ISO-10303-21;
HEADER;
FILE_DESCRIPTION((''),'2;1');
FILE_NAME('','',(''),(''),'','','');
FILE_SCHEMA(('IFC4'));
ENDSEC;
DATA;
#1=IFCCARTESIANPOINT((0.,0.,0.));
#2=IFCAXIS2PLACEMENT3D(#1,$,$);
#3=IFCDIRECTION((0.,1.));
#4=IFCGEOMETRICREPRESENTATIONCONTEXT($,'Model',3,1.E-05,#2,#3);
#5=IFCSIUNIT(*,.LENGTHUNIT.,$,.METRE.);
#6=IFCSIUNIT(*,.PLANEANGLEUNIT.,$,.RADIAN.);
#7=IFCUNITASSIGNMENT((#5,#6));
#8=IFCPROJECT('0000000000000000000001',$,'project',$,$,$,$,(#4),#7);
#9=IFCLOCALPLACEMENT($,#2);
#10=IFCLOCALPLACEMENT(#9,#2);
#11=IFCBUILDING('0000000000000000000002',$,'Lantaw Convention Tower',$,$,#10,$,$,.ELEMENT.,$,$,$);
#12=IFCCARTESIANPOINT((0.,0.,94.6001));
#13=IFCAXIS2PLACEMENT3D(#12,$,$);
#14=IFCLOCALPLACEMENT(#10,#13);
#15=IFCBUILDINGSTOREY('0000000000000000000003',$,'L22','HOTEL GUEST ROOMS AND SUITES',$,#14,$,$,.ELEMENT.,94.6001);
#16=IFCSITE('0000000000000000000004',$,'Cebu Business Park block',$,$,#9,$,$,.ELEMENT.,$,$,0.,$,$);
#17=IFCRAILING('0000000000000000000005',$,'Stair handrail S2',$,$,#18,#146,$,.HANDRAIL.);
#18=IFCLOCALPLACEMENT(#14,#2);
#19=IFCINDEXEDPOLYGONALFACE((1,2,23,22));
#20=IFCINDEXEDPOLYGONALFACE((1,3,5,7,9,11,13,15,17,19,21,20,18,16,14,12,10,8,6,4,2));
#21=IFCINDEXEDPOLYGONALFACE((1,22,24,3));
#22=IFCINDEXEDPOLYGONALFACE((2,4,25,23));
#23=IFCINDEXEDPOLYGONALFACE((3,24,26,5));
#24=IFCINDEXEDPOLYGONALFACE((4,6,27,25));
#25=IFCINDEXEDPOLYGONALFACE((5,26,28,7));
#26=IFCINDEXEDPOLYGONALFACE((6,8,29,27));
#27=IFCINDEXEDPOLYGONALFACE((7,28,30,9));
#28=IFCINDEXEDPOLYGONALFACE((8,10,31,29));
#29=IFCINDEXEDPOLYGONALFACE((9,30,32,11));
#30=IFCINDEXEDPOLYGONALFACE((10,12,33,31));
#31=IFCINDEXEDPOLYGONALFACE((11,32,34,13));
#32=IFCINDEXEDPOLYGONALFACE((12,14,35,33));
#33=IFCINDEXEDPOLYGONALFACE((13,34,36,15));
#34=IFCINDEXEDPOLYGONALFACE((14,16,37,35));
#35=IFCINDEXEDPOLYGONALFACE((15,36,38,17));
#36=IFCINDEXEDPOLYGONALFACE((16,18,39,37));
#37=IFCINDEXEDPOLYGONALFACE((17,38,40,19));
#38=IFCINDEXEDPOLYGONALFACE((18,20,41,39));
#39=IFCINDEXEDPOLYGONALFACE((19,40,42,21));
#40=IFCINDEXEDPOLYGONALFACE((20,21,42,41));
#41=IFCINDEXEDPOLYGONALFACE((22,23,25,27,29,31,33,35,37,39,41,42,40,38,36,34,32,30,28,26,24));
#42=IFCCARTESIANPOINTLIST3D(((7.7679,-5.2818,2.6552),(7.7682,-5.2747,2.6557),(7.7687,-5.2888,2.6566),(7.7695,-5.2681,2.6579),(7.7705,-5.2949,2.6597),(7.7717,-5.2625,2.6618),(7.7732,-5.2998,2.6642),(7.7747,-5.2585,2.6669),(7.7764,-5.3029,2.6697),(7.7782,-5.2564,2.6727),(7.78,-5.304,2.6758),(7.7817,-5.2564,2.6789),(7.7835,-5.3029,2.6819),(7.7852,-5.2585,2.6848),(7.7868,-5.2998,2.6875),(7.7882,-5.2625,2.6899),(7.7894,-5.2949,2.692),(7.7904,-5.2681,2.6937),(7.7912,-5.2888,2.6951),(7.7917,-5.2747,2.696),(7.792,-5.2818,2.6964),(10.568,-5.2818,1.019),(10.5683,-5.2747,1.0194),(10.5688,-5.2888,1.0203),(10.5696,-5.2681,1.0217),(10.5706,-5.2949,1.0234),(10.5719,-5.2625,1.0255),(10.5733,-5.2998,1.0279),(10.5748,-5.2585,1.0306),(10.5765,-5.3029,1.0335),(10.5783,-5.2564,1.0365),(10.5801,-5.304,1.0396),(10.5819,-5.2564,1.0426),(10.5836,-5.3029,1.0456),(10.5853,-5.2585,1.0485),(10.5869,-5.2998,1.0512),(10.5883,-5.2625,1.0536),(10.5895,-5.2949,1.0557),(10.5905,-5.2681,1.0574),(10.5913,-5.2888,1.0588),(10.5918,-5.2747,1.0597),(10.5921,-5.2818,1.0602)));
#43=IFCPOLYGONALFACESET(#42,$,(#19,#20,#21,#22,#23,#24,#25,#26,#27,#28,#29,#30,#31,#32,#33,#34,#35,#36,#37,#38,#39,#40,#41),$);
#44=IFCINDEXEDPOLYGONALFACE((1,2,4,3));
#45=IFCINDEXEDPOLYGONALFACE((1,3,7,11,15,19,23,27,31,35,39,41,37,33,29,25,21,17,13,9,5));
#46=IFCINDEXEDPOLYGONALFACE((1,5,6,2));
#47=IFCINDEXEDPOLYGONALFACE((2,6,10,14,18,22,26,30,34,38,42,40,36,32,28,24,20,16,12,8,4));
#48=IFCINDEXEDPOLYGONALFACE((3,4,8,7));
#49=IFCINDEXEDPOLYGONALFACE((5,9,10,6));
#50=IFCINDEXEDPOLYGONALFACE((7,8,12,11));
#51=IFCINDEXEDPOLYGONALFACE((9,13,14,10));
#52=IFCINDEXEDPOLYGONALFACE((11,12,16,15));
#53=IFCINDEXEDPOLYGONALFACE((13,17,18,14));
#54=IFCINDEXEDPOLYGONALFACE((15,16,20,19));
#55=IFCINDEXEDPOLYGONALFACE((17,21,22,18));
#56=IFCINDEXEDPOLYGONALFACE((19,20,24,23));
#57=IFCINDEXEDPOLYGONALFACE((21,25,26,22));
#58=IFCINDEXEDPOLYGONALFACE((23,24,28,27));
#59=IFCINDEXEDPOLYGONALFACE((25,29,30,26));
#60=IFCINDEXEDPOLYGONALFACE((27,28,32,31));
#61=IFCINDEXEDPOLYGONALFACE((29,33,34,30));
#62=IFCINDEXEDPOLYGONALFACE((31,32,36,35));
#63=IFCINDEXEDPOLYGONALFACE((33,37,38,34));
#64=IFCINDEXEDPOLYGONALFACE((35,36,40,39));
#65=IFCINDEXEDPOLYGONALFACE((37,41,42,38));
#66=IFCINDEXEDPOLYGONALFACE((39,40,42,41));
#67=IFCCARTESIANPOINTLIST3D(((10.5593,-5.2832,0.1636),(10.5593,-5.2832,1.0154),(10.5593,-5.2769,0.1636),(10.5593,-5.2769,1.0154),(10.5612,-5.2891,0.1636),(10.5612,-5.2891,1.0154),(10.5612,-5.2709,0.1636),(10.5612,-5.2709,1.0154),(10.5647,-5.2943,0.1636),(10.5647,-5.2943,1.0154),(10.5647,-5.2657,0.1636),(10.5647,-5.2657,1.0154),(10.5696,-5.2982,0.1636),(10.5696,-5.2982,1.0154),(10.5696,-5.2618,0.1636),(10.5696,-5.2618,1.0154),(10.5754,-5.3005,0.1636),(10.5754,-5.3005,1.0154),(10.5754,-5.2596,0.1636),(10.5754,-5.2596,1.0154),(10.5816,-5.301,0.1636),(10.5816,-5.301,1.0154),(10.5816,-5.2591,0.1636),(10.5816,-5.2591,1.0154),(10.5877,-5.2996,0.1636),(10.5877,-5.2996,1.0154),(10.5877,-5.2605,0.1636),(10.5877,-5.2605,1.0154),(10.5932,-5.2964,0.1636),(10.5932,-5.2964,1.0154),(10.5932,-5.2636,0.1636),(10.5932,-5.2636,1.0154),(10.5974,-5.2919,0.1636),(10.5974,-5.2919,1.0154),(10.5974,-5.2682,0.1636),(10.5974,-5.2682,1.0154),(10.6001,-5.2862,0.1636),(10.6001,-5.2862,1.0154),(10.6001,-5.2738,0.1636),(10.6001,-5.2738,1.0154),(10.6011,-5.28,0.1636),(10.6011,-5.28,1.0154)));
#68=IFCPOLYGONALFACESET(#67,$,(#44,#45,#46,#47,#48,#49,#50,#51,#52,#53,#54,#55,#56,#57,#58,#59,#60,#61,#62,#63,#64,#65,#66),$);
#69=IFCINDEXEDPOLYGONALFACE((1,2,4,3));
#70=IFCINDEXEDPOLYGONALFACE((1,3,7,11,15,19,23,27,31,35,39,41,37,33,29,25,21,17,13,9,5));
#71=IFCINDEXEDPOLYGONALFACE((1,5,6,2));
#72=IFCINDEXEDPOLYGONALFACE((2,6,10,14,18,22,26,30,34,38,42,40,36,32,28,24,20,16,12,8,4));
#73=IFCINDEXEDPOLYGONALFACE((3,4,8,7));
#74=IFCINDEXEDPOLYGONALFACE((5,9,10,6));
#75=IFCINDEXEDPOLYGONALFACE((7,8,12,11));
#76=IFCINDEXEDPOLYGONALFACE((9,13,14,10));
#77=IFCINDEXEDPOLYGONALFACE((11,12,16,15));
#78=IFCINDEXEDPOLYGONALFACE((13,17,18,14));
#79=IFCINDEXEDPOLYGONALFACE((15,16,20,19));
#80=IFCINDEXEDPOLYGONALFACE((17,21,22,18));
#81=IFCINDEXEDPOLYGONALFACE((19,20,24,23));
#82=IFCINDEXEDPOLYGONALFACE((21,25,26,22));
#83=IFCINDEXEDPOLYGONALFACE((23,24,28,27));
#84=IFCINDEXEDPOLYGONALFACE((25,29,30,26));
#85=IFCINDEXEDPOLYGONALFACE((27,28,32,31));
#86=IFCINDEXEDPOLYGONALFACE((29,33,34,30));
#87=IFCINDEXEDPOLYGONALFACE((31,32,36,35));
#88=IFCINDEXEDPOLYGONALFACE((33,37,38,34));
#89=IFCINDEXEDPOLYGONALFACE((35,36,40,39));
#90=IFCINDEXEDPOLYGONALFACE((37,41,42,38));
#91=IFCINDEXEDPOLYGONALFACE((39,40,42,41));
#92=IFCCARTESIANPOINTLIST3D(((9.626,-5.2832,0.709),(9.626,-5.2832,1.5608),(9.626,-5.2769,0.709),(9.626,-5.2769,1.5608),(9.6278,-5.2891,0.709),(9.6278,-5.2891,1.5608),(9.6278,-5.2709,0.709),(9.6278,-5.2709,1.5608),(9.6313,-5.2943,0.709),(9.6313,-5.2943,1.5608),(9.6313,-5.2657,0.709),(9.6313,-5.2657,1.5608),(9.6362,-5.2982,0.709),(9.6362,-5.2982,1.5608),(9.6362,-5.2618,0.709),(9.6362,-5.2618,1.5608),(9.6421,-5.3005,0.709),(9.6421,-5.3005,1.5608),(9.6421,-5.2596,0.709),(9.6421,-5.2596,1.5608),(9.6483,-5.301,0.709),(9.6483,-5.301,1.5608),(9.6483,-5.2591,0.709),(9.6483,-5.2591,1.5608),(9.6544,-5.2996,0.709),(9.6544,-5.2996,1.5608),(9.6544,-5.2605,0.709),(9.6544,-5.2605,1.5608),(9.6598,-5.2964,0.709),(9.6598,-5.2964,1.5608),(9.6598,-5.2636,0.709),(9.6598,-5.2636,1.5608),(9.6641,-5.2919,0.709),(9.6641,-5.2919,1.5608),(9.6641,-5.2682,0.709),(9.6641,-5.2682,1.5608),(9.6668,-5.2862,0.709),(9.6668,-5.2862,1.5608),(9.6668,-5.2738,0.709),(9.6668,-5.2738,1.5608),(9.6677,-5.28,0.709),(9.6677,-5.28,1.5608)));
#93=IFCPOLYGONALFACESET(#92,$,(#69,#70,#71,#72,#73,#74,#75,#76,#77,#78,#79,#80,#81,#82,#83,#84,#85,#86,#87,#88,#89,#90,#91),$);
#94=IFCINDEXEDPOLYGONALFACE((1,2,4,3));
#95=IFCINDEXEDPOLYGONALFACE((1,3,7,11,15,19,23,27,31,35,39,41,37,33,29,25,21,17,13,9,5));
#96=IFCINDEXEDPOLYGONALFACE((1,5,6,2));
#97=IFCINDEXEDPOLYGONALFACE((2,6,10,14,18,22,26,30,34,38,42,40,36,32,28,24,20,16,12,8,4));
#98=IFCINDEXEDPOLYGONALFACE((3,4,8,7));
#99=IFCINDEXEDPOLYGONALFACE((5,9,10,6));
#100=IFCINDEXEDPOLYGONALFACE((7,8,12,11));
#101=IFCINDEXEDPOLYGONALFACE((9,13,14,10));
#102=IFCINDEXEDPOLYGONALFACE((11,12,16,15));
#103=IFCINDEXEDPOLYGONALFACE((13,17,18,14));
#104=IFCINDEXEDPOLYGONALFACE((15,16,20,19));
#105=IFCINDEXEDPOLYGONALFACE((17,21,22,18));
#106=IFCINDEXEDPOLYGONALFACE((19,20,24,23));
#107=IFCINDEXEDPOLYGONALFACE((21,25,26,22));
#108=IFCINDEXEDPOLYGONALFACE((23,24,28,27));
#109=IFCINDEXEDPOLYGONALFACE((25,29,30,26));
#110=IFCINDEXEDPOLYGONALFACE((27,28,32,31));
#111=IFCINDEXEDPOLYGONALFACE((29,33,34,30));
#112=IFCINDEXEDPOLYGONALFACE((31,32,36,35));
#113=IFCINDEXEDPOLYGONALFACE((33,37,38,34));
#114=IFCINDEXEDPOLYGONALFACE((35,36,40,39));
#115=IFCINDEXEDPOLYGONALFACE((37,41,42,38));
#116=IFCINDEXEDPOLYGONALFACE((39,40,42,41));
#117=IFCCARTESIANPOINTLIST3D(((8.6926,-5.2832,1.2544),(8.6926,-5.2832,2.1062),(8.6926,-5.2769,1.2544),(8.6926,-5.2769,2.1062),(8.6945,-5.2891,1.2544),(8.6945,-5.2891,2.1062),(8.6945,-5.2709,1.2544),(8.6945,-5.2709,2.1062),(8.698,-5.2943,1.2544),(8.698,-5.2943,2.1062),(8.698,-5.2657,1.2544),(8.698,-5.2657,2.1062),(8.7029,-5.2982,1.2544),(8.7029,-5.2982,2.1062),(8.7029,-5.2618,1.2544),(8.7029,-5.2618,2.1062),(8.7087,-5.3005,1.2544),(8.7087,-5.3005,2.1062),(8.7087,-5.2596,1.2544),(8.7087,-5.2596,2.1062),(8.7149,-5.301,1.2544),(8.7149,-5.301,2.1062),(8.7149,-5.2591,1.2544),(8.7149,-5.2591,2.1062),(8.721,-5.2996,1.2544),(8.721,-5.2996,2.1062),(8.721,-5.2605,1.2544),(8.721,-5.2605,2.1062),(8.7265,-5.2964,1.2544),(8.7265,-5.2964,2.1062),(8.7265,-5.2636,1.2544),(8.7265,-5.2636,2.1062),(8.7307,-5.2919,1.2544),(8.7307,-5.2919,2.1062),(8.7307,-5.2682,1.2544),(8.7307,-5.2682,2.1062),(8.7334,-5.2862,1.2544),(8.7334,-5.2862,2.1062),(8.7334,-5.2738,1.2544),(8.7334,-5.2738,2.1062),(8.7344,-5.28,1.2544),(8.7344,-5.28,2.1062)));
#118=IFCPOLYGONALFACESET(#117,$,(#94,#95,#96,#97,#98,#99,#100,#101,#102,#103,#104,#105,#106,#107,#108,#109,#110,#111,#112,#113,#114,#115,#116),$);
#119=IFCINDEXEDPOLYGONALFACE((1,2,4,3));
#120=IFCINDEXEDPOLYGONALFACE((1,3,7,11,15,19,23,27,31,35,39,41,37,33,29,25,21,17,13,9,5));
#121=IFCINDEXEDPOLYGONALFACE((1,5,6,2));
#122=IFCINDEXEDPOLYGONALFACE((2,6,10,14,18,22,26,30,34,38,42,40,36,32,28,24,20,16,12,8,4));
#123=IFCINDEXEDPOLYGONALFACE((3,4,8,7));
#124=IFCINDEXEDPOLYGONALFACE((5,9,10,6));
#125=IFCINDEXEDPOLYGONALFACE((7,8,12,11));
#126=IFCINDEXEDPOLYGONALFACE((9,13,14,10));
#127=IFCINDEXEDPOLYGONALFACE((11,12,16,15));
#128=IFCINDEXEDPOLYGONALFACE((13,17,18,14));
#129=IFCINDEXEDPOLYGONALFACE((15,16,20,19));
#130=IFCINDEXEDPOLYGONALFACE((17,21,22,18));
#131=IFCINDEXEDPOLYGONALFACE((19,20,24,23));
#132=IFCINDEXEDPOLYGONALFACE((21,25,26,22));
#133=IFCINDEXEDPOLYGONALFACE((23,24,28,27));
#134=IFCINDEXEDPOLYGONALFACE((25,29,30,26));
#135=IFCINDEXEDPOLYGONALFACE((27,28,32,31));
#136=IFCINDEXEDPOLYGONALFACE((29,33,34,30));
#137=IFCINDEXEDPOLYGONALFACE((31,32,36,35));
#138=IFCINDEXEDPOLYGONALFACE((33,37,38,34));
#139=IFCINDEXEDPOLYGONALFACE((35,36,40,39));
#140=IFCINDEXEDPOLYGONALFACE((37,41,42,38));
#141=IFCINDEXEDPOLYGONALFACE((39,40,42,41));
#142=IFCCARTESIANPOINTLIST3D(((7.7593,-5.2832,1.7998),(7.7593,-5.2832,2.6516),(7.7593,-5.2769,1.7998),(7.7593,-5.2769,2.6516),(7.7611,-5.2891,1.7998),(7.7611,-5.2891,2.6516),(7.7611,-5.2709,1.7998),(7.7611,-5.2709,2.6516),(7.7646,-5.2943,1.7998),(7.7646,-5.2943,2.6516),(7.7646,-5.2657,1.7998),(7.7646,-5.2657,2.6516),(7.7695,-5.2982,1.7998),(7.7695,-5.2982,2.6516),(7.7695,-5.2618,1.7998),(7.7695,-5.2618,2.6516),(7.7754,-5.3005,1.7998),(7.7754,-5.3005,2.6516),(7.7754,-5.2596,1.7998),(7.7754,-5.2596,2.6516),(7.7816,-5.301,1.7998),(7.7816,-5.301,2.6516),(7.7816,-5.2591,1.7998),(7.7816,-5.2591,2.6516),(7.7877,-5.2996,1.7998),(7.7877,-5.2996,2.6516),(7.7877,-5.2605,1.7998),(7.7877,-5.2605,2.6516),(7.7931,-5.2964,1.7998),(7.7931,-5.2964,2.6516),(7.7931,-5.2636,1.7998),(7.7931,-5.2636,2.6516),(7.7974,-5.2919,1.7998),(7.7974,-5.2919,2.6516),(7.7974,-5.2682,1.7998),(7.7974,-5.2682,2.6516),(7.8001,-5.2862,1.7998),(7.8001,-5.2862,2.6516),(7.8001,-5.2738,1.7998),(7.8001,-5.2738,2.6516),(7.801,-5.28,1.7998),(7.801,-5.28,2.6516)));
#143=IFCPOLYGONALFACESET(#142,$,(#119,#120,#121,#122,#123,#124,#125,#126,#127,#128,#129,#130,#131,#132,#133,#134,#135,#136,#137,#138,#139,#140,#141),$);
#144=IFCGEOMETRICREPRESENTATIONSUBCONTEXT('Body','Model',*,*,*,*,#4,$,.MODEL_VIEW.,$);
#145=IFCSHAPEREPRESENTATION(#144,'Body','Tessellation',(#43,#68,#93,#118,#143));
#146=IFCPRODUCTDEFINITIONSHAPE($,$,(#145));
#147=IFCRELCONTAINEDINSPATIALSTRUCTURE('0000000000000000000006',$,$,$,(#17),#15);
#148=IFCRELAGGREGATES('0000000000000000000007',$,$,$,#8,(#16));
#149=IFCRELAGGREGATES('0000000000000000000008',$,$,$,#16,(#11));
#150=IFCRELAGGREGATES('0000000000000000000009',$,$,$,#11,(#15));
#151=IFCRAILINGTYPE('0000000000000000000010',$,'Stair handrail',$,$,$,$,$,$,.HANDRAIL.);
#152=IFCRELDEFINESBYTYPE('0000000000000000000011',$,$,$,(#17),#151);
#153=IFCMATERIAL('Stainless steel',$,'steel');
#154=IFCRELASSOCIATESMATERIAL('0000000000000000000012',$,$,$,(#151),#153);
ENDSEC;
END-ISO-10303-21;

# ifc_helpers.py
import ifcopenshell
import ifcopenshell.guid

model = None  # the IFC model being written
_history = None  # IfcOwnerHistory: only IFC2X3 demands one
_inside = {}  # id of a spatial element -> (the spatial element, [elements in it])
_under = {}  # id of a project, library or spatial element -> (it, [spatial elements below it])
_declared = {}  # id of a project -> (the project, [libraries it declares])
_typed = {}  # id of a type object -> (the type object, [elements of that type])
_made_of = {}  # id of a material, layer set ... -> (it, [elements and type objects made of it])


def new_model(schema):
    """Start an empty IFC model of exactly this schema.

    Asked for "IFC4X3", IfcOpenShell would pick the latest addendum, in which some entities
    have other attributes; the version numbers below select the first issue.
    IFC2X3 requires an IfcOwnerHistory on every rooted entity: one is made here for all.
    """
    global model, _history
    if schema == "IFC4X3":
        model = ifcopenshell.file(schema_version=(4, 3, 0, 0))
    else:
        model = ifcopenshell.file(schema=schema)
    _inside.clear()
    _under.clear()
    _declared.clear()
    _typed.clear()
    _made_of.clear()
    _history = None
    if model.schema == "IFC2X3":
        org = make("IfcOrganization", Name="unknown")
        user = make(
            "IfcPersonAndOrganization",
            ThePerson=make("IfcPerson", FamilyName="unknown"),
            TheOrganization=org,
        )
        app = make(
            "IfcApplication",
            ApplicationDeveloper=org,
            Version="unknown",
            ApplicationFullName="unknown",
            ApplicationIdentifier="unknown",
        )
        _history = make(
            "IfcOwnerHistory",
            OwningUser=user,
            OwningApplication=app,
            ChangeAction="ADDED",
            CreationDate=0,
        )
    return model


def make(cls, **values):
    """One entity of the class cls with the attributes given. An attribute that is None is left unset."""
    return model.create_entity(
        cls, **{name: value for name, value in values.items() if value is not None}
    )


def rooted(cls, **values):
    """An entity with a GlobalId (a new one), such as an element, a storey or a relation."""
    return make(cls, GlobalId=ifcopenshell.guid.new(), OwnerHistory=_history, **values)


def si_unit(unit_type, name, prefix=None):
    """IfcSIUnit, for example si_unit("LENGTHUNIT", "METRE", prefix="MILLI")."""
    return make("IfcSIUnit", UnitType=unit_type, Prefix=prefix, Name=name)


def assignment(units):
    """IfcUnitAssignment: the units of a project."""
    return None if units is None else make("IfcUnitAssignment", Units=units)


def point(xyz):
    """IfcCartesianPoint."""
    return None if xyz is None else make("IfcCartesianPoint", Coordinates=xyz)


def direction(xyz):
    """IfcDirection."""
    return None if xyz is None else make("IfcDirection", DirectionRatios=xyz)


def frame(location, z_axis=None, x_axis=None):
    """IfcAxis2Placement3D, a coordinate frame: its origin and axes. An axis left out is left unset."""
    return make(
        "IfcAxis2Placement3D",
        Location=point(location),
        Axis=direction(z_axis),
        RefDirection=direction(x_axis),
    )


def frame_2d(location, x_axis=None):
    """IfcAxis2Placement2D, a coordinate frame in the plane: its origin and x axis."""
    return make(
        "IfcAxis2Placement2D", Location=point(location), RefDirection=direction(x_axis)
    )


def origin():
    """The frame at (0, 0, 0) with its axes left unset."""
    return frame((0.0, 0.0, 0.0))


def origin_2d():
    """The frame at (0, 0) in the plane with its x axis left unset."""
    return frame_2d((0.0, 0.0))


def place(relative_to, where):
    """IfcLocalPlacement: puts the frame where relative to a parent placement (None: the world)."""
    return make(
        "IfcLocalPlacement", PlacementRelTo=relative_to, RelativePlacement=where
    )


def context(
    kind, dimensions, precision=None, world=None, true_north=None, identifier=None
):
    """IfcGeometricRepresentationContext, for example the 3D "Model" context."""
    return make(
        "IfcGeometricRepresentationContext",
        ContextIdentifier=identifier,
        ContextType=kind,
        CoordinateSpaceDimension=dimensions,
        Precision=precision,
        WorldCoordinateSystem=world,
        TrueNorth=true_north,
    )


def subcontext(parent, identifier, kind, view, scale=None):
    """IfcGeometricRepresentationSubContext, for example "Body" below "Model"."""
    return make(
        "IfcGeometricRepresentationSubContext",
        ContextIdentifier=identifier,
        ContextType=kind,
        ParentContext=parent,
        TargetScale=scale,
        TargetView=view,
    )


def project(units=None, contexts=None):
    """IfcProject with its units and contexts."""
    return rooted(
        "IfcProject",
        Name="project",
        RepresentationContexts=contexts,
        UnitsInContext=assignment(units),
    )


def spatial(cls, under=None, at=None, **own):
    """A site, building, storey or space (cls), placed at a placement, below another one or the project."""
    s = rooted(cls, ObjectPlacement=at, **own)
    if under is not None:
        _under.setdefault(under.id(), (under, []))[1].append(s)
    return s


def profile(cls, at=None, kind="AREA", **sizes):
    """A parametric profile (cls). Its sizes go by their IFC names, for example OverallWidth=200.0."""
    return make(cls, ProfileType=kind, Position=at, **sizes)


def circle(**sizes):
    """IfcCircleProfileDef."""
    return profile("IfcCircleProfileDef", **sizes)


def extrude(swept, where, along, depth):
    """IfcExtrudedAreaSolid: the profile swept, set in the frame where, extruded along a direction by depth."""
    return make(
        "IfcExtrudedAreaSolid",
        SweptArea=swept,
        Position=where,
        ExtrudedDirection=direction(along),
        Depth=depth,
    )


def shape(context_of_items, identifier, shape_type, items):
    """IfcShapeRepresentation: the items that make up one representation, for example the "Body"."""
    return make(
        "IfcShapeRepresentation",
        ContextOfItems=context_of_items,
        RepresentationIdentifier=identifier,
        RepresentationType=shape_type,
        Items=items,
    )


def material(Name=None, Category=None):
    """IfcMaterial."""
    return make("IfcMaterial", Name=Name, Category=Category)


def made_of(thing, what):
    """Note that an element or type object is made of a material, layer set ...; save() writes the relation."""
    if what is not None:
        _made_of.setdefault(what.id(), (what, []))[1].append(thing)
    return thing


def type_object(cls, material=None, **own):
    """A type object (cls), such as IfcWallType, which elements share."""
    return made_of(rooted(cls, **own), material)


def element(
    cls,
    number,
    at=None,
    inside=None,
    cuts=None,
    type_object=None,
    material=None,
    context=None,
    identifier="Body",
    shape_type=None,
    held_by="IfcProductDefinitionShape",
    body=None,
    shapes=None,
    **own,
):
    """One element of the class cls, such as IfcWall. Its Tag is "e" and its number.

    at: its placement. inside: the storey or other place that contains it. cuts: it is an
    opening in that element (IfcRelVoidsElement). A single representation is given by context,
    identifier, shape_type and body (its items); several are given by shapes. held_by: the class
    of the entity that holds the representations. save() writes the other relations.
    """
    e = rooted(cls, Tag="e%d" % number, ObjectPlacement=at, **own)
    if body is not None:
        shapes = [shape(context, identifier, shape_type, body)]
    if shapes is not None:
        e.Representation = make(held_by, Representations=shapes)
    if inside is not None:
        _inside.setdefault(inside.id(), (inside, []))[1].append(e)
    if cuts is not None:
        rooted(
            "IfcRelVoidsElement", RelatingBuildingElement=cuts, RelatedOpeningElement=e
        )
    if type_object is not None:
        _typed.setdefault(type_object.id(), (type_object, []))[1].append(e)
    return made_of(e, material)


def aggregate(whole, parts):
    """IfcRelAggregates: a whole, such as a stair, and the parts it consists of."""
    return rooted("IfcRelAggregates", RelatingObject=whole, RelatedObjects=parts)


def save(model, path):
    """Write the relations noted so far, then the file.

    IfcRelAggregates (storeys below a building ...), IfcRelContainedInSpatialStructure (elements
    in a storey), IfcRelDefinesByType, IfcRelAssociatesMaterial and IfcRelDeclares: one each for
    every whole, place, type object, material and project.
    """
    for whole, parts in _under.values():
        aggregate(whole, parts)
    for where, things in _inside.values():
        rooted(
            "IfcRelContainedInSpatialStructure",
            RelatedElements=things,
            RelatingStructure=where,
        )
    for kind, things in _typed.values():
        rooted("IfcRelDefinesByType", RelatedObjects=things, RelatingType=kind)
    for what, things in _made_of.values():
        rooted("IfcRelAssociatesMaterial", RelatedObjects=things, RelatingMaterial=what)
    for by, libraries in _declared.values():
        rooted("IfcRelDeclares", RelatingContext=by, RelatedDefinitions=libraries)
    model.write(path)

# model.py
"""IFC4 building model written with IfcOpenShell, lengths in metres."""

from ifc_helpers import new_model, si_unit, direction, frame, origin, origin_2d, place, context, subcontext, project, spatial, circle, extrude, material, type_object, element, save


model = new_model("IFC4")

# Units and contexts
model_context = context("Model", 3, precision=1e-05, world=origin(), true_north=direction((0.0, 1.0)))
body_context = subcontext(model_context, "Body", "Model", "MODEL_VIEW")
ifc_project = project(units=[si_unit("LENGTHUNIT", "METRE"), si_unit("PLANEANGLEUNIT", "RADIAN")], contexts=[model_context])

# Site, building, storey
site_placement = place(None, origin())
site = spatial("IfcSite", under=ifc_project, at=site_placement, Name="Cebu Business Park block", CompositionType="ELEMENT", RefElevation=0.0)
building_placement = place(site_placement, origin())
building = spatial("IfcBuilding", under=site, at=building_placement, Name="Lantaw Convention Tower", CompositionType="ELEMENT")
storey_placement = place(building_placement, frame((0.0, 0.0, 94.6001)))
storey = spatial("IfcBuildingStorey", under=building, at=storey_placement, Name="L22", Description="HOTEL GUEST ROOMS AND SUITES", CompositionType="ELEMENT", Elevation=94.6001)

# Railing
ifc_material_1 = material(Name="Stainless steel", Category="steel")
railing_type = type_object("IfcRailingType", Name="Stair handrail", PredefinedType="HANDRAIL", material=ifc_material_1)
railing_1_placement = place(storey_placement, frame((10.5801, -5.28, 0.1636)))
element("IfcRailing", 1, at=railing_1_placement, inside=storey, type_object=railing_type, Name="Stair handrail S2", PredefinedType="HANDRAIL", context=body_context, shape_type="SweptSolid", body=[
    extrude(circle(Radius=0.0239, at=origin_2d()), frame((0.0, 0.0, 0.876), z_axis=(-0.863394, 0.0, 0.504531), x_axis=(0.0, -1.0, 0.0)), (0.0, 0.0, 1.0), 3.2432),
    extrude(circle(Radius=0.021, at=origin_2d()), origin(), (0.0, 0.0, 1.0), 0.8518),
    extrude(circle(Radius=0.021, at=origin_2d()), frame((-0.9333, 0.0, 0.5454)), (0.0, 0.0, 1.0), 0.8518),
    extrude(circle(Radius=0.021, at=origin_2d()), frame((-1.8667, 0.0, 1.0908)), (0.0, 0.0, 1.0), 0.8518),
    extrude(circle(Radius=0.021, at=origin_2d()), frame((-2.8, 0.0, 1.6362)), (0.0, 0.0, 1.0), 0.8518),
])

save(model, "model.ifc")
